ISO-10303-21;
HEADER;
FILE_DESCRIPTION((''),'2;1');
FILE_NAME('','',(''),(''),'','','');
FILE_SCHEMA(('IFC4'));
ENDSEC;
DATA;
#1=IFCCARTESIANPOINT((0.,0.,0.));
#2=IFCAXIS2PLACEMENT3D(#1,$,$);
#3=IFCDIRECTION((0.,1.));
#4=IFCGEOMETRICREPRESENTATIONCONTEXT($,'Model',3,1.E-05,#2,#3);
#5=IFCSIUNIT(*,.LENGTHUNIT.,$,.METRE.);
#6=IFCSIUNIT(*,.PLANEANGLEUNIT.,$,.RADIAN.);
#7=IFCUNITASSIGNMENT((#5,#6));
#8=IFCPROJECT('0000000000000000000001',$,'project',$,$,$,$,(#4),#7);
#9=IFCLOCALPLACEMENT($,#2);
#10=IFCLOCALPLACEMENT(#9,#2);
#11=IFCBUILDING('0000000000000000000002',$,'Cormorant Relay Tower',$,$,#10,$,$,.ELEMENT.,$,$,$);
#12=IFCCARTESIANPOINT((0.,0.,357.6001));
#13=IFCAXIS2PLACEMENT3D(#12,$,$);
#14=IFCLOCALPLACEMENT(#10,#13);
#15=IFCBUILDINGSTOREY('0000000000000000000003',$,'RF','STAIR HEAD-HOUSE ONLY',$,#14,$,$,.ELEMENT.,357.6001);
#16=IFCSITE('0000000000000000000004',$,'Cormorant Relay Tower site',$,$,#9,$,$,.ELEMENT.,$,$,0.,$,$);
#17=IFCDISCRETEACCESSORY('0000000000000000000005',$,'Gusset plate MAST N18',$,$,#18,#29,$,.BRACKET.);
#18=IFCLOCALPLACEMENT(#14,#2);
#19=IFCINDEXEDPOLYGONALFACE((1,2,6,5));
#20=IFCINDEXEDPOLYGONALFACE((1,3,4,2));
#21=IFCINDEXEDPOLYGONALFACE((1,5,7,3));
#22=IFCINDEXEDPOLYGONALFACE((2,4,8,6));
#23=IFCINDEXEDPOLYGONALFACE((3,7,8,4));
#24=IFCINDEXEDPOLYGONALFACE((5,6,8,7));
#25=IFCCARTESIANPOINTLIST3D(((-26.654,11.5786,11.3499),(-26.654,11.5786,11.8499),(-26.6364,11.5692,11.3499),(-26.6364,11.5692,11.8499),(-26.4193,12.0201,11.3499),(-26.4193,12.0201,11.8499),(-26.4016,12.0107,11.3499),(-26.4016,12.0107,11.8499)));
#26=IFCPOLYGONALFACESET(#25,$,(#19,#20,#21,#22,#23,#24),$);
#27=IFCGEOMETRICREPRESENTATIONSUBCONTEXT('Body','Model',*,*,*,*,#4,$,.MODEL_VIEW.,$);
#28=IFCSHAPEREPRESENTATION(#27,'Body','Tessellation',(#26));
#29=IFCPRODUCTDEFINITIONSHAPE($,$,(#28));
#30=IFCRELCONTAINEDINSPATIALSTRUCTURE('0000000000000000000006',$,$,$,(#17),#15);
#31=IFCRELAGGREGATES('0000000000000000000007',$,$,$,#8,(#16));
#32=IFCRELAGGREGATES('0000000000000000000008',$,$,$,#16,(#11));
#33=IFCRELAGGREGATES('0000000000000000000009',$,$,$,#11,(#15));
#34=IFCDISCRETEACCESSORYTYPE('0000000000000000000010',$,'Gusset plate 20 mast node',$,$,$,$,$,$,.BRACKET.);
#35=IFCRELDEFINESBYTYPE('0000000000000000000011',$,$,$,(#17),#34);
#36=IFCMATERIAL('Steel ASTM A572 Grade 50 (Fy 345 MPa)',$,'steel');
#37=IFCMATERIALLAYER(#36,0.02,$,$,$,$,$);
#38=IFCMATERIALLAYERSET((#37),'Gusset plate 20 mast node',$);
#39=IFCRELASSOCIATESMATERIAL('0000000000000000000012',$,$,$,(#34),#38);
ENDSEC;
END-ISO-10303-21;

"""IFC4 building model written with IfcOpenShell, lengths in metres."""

from ifc_helpers import new_model, si_unit, direction, frame, origin, origin_2d, place, context, subcontext, project, spatial, rectangle, extrude, material, layer, layer_set, type_object, element, save


model = new_model("IFC4")

# Units and contexts
model_context = context("Model", 3, precision=1e-05, world=origin(), true_north=direction((0.0, 1.0)))
body_context = subcontext(model_context, "Body", "Model", "MODEL_VIEW")
ifc_project = project(units=[si_unit("LENGTHUNIT", "METRE"), si_unit("PLANEANGLEUNIT", "RADIAN")], contexts=[model_context])

# Site, building, storey
site_placement = place(None, origin())
site = spatial("IfcSite", under=ifc_project, at=site_placement, Name="Cormorant Relay Tower site", CompositionType="ELEMENT", RefElevation=0.0)
building_placement = place(site_placement, origin())
building = spatial("IfcBuilding", under=site, at=building_placement, Name="Cormorant Relay Tower", CompositionType="ELEMENT")
storey_placement = place(building_placement, frame((0.0, 0.0, 357.6001)))
storey = spatial("IfcBuildingStorey", under=building, at=storey_placement, Name="RF", Description="STAIR HEAD-HOUSE ONLY", CompositionType="ELEMENT", Elevation=357.6001)

# Discrete accessory
ifc_material_1 = material(Name="Steel ASTM A572 Grade 50 (Fy 345 MPa)", Category="steel")
ifc_layer_1 = layer(ifc_material_1, 0.02)
ifc_layer_set_1 = layer_set([ifc_layer_1], Name="Gusset plate 20 mast node")
discrete_accessory_type = type_object("IfcDiscreteAccessoryType", Name="Gusset plate 20 mast node", PredefinedType="BRACKET", material=ifc_layer_set_1)
for number, where, z_axis, x_axis, name in (
    (1, (-26.5278, 11.7947, 11.3499), (0.0, 0.0, 1.0), (0.469485, 0.88294, 0.0), "Gusset plate MAST N18"),
):
    element("IfcDiscreteAccessory", number, at=place(storey_placement, frame(where, z_axis=z_axis, x_axis=x_axis)), inside=storey, type_object=discrete_accessory_type, Name=name, PredefinedType="BRACKET", context=body_context, shape_type="SweptSolid", body=[
        extrude(rectangle(XDim=0.5, YDim=0.02, at=origin_2d()), origin(), (0.0, 0.0, 1.0), 0.5),
    ])

save(model, "model.ifc")
